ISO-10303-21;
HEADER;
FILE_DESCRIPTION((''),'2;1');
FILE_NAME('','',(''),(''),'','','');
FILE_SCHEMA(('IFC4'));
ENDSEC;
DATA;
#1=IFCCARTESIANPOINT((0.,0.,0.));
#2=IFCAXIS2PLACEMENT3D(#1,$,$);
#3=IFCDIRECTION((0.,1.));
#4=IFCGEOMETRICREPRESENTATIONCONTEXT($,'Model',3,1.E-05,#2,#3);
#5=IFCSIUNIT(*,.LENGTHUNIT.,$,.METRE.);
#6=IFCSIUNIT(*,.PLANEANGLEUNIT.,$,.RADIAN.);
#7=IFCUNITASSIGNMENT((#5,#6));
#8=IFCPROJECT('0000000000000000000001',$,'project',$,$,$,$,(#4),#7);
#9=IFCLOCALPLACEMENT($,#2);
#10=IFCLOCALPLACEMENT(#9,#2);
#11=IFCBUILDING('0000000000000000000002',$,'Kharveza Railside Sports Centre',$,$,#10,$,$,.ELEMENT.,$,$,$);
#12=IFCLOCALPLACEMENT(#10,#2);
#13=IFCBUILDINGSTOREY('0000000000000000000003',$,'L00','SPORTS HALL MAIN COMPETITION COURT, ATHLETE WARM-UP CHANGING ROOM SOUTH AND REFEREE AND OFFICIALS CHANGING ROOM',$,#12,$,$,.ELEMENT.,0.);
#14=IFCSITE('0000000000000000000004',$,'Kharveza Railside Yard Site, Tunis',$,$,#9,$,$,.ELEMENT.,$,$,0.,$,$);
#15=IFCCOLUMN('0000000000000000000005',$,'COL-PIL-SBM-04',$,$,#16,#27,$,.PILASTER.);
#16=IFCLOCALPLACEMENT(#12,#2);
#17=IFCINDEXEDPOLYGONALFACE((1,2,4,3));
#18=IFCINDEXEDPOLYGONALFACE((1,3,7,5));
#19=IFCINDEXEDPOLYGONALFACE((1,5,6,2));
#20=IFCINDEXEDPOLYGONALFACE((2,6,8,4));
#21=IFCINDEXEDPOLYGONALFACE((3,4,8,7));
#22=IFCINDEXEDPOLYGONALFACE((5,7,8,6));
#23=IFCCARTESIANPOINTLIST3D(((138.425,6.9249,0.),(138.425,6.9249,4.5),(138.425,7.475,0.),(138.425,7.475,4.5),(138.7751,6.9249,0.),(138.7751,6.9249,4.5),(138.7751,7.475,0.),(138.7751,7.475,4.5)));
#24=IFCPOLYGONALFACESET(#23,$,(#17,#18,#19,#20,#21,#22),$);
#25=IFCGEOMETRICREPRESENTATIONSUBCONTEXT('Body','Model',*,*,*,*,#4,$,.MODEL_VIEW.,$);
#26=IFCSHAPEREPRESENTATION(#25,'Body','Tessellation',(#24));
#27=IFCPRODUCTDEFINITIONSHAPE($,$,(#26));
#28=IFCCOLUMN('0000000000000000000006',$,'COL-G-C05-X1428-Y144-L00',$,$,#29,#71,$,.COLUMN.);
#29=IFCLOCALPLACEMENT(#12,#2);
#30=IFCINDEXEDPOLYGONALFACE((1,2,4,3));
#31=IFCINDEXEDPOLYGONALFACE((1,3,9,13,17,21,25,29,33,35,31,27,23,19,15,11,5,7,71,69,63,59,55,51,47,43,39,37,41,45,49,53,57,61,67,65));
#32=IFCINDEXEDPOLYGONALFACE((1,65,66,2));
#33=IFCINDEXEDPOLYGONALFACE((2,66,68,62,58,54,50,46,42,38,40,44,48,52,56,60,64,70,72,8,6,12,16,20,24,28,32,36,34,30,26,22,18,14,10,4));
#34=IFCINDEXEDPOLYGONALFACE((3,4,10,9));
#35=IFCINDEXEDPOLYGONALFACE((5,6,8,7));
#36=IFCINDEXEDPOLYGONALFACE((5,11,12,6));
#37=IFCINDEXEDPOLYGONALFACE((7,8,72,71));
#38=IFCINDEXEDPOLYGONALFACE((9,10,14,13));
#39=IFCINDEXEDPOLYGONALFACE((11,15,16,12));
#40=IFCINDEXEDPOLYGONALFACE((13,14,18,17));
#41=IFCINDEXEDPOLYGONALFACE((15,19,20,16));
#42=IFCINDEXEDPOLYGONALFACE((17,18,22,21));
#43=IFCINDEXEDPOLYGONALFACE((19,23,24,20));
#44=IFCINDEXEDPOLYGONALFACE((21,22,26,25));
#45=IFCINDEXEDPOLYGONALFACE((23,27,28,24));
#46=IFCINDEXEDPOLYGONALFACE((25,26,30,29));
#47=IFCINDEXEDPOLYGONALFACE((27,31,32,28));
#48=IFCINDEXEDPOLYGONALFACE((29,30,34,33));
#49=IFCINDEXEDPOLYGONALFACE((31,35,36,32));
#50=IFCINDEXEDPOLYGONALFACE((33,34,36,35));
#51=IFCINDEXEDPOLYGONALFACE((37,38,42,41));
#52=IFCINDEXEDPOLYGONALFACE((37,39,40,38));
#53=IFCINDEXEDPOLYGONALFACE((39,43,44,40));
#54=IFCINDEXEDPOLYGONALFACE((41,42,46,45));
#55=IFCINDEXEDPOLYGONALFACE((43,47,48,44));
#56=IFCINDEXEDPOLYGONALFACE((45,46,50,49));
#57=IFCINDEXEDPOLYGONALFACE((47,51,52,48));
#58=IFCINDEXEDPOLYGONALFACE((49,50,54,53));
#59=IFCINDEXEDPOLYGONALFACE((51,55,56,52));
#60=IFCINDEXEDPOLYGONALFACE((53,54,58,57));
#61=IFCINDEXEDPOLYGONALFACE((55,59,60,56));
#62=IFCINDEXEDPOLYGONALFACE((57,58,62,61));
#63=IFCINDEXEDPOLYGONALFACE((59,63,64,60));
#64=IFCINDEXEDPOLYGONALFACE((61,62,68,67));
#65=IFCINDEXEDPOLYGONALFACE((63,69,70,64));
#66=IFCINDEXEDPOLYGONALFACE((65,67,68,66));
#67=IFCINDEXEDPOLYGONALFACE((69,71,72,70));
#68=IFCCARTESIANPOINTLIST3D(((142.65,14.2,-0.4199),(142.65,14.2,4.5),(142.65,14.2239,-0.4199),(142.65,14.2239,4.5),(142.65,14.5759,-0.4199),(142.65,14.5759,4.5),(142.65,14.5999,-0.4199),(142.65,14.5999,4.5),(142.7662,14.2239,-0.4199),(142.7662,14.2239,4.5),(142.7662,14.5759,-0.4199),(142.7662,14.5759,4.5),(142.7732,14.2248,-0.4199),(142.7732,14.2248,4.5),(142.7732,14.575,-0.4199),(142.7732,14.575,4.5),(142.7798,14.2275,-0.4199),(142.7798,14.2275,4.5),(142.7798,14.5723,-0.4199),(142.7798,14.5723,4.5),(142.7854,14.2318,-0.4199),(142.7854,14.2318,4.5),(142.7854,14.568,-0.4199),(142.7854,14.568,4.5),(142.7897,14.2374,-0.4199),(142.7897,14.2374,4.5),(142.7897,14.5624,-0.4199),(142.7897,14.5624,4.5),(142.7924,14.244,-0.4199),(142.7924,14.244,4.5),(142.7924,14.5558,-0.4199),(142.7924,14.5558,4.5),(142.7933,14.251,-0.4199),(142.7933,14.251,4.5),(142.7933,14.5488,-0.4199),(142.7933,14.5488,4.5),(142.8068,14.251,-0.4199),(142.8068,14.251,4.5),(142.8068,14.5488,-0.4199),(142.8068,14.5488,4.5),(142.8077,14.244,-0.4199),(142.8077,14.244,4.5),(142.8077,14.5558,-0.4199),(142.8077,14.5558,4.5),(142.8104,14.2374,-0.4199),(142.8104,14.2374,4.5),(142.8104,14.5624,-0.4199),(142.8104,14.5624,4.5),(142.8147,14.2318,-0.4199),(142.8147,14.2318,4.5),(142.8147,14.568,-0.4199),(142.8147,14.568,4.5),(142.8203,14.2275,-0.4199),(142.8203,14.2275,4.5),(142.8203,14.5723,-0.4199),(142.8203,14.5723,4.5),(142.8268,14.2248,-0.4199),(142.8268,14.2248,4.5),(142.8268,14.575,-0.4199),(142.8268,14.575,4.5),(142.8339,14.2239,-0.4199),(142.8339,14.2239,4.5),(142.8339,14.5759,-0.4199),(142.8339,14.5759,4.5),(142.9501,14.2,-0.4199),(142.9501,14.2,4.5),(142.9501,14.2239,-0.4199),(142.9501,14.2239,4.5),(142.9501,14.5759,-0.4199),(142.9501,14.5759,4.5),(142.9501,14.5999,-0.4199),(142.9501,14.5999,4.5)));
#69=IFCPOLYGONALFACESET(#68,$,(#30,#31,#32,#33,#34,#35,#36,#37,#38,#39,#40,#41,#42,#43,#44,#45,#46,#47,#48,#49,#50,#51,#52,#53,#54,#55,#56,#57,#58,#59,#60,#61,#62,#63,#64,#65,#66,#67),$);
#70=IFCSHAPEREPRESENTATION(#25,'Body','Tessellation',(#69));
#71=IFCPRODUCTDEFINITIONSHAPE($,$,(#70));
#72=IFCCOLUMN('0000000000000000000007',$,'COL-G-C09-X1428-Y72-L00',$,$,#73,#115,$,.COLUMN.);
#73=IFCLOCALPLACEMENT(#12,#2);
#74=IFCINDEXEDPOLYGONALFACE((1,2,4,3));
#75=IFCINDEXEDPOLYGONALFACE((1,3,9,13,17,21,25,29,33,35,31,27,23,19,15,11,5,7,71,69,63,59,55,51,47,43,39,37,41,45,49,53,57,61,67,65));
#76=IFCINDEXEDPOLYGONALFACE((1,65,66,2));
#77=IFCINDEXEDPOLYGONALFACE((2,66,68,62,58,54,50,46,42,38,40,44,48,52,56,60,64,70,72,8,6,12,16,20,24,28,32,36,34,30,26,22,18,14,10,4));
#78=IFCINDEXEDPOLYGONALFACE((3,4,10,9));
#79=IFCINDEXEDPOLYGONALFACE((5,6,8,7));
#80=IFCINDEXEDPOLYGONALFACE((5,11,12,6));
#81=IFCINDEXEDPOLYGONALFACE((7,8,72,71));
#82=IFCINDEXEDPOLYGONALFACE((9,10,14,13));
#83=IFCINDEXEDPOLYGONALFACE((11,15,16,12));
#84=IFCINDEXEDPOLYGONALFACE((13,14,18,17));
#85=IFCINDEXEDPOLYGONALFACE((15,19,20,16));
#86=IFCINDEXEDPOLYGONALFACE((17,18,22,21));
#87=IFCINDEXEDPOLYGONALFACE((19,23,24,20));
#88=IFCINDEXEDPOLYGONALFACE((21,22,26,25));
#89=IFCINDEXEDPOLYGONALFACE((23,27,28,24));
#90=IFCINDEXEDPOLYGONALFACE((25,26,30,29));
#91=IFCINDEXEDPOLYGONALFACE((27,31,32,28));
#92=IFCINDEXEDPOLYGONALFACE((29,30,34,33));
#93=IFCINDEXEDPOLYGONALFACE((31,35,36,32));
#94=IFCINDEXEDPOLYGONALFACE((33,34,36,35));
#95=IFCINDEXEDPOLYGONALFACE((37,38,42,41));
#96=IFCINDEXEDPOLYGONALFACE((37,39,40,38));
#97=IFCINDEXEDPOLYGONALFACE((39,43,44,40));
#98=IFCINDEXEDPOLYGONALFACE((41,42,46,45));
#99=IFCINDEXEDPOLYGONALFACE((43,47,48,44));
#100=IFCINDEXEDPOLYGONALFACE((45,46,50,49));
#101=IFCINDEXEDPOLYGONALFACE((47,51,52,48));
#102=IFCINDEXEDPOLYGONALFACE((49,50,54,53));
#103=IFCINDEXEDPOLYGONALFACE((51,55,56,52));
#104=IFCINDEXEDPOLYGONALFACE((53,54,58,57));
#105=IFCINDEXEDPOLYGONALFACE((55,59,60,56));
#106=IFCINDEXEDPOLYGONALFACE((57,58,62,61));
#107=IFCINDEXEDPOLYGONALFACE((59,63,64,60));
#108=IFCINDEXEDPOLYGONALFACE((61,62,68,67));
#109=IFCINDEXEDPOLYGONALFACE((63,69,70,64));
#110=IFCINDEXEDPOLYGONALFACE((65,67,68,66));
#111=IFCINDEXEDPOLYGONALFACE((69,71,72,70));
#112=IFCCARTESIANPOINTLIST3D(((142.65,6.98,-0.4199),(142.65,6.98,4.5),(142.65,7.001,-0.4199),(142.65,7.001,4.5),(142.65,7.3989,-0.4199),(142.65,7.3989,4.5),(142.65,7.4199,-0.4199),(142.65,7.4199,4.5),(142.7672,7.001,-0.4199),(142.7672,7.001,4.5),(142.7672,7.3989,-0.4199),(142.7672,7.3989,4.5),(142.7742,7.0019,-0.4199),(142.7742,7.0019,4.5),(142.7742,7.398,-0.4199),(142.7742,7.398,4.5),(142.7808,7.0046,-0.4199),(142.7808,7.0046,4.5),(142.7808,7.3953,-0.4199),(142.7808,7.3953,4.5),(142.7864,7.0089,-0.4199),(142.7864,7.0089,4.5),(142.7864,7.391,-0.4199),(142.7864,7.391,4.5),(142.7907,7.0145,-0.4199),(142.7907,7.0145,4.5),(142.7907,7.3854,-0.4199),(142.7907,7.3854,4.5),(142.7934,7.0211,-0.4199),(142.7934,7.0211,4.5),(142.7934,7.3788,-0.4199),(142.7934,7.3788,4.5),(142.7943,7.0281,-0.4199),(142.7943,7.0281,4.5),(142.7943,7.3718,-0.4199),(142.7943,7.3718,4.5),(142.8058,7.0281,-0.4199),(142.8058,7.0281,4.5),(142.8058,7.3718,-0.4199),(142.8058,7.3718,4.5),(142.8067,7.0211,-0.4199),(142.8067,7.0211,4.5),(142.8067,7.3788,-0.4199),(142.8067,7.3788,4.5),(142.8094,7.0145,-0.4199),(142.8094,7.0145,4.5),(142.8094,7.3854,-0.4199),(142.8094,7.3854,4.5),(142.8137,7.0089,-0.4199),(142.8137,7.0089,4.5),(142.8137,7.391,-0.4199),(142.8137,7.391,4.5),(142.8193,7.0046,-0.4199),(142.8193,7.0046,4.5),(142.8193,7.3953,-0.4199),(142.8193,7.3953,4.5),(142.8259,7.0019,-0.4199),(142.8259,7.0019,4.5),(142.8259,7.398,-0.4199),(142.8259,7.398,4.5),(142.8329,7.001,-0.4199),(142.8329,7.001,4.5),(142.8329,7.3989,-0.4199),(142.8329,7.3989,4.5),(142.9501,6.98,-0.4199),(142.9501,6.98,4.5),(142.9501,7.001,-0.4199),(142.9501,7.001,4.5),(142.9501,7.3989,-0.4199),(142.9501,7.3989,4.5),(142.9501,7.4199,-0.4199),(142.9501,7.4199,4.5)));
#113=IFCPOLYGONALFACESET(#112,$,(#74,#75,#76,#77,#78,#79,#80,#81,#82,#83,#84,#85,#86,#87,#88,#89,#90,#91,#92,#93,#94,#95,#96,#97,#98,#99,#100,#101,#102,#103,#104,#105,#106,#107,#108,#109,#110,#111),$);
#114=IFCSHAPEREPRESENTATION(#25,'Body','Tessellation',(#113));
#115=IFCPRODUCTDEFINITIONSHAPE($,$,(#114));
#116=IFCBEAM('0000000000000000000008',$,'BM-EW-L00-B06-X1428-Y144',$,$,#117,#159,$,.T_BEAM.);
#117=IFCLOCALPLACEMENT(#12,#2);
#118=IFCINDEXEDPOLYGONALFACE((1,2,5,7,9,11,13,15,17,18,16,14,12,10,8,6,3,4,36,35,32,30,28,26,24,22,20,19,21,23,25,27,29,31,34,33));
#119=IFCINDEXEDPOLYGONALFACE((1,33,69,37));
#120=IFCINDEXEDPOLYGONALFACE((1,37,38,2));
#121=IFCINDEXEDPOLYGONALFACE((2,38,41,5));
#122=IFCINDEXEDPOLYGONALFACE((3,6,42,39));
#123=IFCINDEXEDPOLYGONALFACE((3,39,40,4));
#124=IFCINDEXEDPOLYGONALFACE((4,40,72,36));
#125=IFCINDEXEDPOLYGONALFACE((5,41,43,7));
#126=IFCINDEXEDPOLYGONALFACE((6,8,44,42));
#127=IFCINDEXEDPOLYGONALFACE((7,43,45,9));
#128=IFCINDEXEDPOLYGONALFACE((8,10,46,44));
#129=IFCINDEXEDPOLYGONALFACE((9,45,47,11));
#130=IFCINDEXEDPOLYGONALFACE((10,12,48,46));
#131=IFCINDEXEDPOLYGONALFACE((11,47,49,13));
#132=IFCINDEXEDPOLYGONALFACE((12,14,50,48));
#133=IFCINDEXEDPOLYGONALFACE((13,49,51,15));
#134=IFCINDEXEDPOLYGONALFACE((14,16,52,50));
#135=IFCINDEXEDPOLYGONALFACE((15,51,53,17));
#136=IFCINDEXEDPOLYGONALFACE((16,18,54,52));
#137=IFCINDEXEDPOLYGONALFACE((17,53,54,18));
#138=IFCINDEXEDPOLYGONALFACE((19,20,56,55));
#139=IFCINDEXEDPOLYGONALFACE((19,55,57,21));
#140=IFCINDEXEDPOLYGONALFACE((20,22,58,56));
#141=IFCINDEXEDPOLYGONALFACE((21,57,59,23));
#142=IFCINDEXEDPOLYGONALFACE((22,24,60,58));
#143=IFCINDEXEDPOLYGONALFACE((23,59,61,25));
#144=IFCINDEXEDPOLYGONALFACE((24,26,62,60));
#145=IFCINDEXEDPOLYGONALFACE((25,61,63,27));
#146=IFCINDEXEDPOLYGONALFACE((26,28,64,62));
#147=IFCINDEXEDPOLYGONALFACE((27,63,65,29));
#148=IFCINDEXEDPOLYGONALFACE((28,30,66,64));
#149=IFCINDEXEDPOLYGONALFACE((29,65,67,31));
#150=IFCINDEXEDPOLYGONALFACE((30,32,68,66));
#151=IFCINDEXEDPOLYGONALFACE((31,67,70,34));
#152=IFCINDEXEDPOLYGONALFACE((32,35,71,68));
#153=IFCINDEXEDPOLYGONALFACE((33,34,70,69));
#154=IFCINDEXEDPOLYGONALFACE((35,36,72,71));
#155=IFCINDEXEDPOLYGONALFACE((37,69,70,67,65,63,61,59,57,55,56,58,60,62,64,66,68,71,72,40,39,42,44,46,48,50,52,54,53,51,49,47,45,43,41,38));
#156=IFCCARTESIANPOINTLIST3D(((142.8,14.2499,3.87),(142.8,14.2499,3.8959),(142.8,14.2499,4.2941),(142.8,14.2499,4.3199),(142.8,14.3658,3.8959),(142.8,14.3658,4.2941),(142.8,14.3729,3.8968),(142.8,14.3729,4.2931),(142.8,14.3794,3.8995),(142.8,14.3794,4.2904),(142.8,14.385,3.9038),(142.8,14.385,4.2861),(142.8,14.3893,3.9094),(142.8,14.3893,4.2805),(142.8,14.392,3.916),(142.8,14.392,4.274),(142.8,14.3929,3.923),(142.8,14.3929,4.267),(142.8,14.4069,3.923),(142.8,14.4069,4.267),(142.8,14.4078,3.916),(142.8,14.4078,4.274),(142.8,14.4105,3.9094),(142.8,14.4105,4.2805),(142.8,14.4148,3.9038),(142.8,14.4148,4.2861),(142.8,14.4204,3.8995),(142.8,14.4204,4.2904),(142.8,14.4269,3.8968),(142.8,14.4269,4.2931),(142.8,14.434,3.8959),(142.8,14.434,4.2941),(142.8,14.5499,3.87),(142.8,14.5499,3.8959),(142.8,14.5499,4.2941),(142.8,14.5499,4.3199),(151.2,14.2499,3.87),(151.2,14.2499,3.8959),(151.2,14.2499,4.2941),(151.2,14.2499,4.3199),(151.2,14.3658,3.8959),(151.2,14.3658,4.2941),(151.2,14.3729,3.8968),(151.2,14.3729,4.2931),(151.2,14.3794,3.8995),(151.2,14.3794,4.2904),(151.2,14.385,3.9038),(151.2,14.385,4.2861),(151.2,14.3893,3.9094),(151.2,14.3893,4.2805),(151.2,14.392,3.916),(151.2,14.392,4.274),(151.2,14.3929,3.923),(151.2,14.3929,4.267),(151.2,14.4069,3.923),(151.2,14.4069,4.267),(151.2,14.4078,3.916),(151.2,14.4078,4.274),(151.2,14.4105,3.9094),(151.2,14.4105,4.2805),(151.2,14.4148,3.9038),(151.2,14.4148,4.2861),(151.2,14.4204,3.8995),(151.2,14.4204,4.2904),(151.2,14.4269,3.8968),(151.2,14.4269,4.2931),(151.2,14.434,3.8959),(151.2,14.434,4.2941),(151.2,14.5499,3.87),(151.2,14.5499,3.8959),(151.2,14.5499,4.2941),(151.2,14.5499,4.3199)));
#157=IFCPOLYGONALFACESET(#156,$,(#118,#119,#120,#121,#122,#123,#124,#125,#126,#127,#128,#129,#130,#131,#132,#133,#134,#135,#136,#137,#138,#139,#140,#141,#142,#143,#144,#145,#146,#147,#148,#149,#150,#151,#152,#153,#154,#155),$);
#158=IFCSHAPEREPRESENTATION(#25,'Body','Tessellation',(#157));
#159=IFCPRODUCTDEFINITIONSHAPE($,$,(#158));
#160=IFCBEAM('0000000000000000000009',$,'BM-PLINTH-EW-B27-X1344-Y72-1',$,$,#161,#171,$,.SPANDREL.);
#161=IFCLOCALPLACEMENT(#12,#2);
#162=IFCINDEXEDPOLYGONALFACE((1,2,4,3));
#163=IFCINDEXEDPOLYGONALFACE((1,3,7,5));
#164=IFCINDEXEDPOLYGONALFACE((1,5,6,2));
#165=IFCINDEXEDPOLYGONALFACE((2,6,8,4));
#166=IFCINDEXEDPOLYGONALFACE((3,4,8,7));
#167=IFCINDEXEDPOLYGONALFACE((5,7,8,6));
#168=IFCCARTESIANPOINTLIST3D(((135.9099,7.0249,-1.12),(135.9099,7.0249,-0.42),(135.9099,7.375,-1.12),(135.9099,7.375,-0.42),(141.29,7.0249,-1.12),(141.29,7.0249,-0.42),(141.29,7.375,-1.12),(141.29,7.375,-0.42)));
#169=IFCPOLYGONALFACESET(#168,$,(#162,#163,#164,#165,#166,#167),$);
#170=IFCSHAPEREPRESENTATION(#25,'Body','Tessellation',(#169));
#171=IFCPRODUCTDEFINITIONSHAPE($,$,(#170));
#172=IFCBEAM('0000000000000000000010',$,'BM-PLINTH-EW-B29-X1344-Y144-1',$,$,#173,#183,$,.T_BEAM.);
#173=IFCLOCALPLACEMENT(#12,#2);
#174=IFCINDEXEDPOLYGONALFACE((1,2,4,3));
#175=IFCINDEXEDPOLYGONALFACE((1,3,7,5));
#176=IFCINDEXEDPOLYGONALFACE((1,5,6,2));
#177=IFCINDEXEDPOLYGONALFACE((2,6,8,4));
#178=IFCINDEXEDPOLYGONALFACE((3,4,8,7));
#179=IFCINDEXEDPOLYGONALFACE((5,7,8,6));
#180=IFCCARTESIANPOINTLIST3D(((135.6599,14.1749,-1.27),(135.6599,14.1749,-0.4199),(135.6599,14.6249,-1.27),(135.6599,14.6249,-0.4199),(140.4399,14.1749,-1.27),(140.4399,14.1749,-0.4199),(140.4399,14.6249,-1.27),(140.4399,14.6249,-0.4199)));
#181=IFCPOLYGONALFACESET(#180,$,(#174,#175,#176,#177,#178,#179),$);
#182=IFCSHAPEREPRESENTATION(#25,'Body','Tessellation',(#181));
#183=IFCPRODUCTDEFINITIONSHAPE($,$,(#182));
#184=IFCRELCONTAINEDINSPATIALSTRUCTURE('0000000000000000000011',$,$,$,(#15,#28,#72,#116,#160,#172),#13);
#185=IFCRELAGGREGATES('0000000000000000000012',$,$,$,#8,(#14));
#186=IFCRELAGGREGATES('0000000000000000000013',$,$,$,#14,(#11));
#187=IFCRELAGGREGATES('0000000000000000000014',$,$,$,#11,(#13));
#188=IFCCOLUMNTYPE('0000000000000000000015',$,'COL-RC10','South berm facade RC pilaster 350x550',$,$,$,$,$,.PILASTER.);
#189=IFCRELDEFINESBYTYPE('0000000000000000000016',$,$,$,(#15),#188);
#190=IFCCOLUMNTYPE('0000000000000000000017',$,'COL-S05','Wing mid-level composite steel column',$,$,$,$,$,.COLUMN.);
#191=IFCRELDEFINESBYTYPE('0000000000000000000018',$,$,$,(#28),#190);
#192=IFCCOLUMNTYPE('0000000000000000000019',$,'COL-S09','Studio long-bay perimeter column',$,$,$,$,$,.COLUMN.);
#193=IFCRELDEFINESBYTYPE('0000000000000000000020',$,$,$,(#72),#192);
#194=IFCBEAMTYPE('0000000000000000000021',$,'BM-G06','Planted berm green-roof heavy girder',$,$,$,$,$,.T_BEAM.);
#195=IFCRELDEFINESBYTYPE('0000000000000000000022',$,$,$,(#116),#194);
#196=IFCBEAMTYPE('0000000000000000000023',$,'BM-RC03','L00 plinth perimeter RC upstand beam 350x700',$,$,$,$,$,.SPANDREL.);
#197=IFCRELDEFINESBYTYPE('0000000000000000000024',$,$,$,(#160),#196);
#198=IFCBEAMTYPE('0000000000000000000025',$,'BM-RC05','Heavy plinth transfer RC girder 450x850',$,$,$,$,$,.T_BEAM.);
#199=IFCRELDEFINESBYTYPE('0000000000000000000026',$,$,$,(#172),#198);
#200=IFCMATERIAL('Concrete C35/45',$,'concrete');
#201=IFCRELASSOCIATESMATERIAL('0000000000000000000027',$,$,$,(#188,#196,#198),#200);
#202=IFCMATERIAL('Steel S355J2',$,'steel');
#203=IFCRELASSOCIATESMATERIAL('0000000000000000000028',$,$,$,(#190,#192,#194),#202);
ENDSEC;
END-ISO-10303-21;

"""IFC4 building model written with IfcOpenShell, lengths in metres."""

from ifc_helpers import new_model, si_unit, direction, frame, origin, origin_2d, place, context, subcontext, project, spatial, rectangle, i_section, extrude, material, material_profile, profile_set, type_object, element, save


model = new_model("IFC4")

# Units and contexts
model_context = context("Model", 3, precision=1e-05, world=origin(), true_north=direction((0.0, 1.0)))
body_context = subcontext(model_context, "Body", "Model", "MODEL_VIEW")
ifc_project = project(units=[si_unit("LENGTHUNIT", "METRE"), si_unit("PLANEANGLEUNIT", "RADIAN")], contexts=[model_context])

# Site, building, storey
site_placement = place(None, origin())
site = spatial("IfcSite", under=ifc_project, at=site_placement, Name="Kharveza Railside Yard Site, Tunis", CompositionType="ELEMENT", RefElevation=0.0)
building_placement = place(site_placement, origin())
building = spatial("IfcBuilding", under=site, at=building_placement, Name="Kharveza Railside Sports Centre", CompositionType="ELEMENT")
storey_placement = place(building_placement, origin())
storey = spatial("IfcBuildingStorey", under=building, at=storey_placement, Name="L00", Description="SPORTS HALL MAIN COMPETITION COURT, ATHLETE WARM-UP CHANGING ROOM SOUTH AND REFEREE AND OFFICIALS CHANGING ROOM", CompositionType="ELEMENT", Elevation=0.0)

# Shared definitions
ifc_material_1 = material(Name="Concrete C35/45", Category="concrete")

# Columns
ifc_material_profile_1 = material_profile(ifc_material_1, rectangle(XDim=0.3501, YDim=0.55, at=origin_2d()), Name="RC 350x550")
ifc_profile_set_1 = profile_set([ifc_material_profile_1], Name="Concrete C35/45")
column_type_1 = type_object("IfcColumnType", Name="COL-RC10", Description="South berm facade RC pilaster 350x550", PredefinedType="PILASTER", material=ifc_profile_set_1)
column_1_placement = place(storey_placement, frame((138.6001, 7.2, 0.0), z_axis=(0.0, 0.0, 1.0), x_axis=(1.0, 0.0, 0.0)))
element("IfcColumn", 1, at=column_1_placement, inside=storey, type_object=column_type_1, Name="COL-PIL-SBM-04", PredefinedType="PILASTER", context=body_context, shape_type="SweptSolid", body=[
    extrude(rectangle(XDim=0.3501, YDim=0.55, at=origin_2d()), origin(), (0.0, 0.0, 1.0), 4.5),
])
ifc_material_2 = material(Name="Steel S355J2", Category="steel")
ifc_material_profile_2 = material_profile(ifc_material_2, i_section(OverallWidth=0.3, OverallDepth=0.3999, WebThickness=0.0134, FlangeThickness=0.0239, FilletRadius=0.0271, at=origin_2d()), Name="HEB 400")
ifc_profile_set_2 = profile_set([ifc_material_profile_2], Name="Steel S355J2")
column_type_2 = type_object("IfcColumnType", Name="COL-S05", Description="Wing mid-level composite steel column", PredefinedType="COLUMN", material=ifc_profile_set_2)
column_2_placement = place(storey_placement, frame((142.8, 14.3999, -0.4199), z_axis=(0.0, 0.0, 1.0), x_axis=(1.0, 0.0, 0.0)))
element("IfcColumn", 2, at=column_2_placement, inside=storey, type_object=column_type_2, Name="COL-G-C05-X1428-Y144-L00", PredefinedType="COLUMN", context=body_context, shape_type="SweptSolid", body=[
    extrude(i_section(OverallWidth=0.3, OverallDepth=0.3999, WebThickness=0.0134, FlangeThickness=0.0239, FilletRadius=0.0271, at=origin_2d()), origin(), (0.0, 0.0, 1.0), 4.9199),
])
ifc_material_profile_3 = material_profile(ifc_material_2, i_section(OverallWidth=0.3, OverallDepth=0.4399, WebThickness=0.0115, FlangeThickness=0.021, FilletRadius=0.0271, at=origin_2d()), Name="HEA 450")
ifc_profile_set_3 = profile_set([ifc_material_profile_3], Name="Steel S355J2")
column_type_3 = type_object("IfcColumnType", Name="COL-S09", Description="Studio long-bay perimeter column", PredefinedType="COLUMN", material=ifc_profile_set_3)
column_3_placement = place(storey_placement, frame((142.8, 7.2, -0.4199), z_axis=(0.0, 0.0, 1.0), x_axis=(1.0, 0.0, 0.0)))
element("IfcColumn", 3, at=column_3_placement, inside=storey, type_object=column_type_3, Name="COL-G-C09-X1428-Y72-L00", PredefinedType="COLUMN", context=body_context, shape_type="SweptSolid", body=[
    extrude(i_section(OverallWidth=0.3, OverallDepth=0.4399, WebThickness=0.0115, FlangeThickness=0.021, FilletRadius=0.0271, at=origin_2d()), origin(), (0.0, 0.0, 1.0), 4.9199),
])

# Beams
ifc_material_profile_4 = material_profile(ifc_material_2, i_section(OverallWidth=0.3, OverallDepth=0.45, WebThickness=0.0139, FlangeThickness=0.0259, FilletRadius=0.0271, at=origin_2d()), Name="HEB 450")
ifc_profile_set_4 = profile_set([ifc_material_profile_4], Name="Steel S355J2")
beam_type_1 = type_object("IfcBeamType", Name="BM-G06", Description="Planted berm green-roof heavy girder", PredefinedType="T_BEAM", material=ifc_profile_set_4)
beam_1_placement = place(storey_placement, frame((142.8, 14.3999, 4.095), z_axis=(1.0, 0.0, 0.0), x_axis=(0.0, 1.0, 0.0)))
element("IfcBeam", 4, at=beam_1_placement, inside=storey, type_object=beam_type_1, Name="BM-EW-L00-B06-X1428-Y144", PredefinedType="T_BEAM", context=body_context, shape_type="SweptSolid", body=[
    extrude(i_section(OverallWidth=0.3, OverallDepth=0.45, WebThickness=0.0139, FlangeThickness=0.0259, FilletRadius=0.0271, at=origin_2d()), origin(), (0.0, 0.0, 1.0), 8.3999),
])
ifc_material_profile_5 = material_profile(ifc_material_1, rectangle(XDim=0.3501, YDim=0.7, at=origin_2d()), Name="RCB 350x700")
ifc_profile_set_5 = profile_set([ifc_material_profile_5], Name="Concrete C35/45")
beam_type_2 = type_object("IfcBeamType", Name="BM-RC03", Description="L00 plinth perimeter RC upstand beam 350x700", PredefinedType="SPANDREL", material=ifc_profile_set_5)
beam_2_placement = place(storey_placement, frame((135.9099, 7.2, -0.77), z_axis=(1.0, 0.0, 0.0), x_axis=(0.0, 1.0, 0.0)))
element("IfcBeam", 5, at=beam_2_placement, inside=storey, type_object=beam_type_2, Name="BM-PLINTH-EW-B27-X1344-Y72-1", PredefinedType="SPANDREL", context=body_context, shape_type="SweptSolid", body=[
    extrude(rectangle(XDim=0.3501, YDim=0.7, at=origin_2d()), origin(), (0.0, 0.0, 1.0), 5.3801),
])
ifc_material_profile_6 = material_profile(ifc_material_1, rectangle(XDim=0.45, YDim=0.8501, at=origin_2d()), Name="RCB 450x850")
ifc_profile_set_6 = profile_set([ifc_material_profile_6], Name="Concrete C35/45")
beam_type_3 = type_object("IfcBeamType", Name="BM-RC05", Description="Heavy plinth transfer RC girder 450x850", PredefinedType="T_BEAM", material=ifc_profile_set_6)
beam_3_placement = place(storey_placement, frame((135.6599, 14.3999, -0.845), z_axis=(1.0, 0.0, 0.0), x_axis=(0.0, 1.0, 0.0)))
element("IfcBeam", 6, at=beam_3_placement, inside=storey, type_object=beam_type_3, Name="BM-PLINTH-EW-B29-X1344-Y144-1", PredefinedType="T_BEAM", context=body_context, shape_type="SweptSolid", body=[
    extrude(rectangle(XDim=0.45, YDim=0.8501, at=origin_2d()), origin(), (0.0, 0.0, 1.0), 4.78),
])

save(model, "model.ifc")
